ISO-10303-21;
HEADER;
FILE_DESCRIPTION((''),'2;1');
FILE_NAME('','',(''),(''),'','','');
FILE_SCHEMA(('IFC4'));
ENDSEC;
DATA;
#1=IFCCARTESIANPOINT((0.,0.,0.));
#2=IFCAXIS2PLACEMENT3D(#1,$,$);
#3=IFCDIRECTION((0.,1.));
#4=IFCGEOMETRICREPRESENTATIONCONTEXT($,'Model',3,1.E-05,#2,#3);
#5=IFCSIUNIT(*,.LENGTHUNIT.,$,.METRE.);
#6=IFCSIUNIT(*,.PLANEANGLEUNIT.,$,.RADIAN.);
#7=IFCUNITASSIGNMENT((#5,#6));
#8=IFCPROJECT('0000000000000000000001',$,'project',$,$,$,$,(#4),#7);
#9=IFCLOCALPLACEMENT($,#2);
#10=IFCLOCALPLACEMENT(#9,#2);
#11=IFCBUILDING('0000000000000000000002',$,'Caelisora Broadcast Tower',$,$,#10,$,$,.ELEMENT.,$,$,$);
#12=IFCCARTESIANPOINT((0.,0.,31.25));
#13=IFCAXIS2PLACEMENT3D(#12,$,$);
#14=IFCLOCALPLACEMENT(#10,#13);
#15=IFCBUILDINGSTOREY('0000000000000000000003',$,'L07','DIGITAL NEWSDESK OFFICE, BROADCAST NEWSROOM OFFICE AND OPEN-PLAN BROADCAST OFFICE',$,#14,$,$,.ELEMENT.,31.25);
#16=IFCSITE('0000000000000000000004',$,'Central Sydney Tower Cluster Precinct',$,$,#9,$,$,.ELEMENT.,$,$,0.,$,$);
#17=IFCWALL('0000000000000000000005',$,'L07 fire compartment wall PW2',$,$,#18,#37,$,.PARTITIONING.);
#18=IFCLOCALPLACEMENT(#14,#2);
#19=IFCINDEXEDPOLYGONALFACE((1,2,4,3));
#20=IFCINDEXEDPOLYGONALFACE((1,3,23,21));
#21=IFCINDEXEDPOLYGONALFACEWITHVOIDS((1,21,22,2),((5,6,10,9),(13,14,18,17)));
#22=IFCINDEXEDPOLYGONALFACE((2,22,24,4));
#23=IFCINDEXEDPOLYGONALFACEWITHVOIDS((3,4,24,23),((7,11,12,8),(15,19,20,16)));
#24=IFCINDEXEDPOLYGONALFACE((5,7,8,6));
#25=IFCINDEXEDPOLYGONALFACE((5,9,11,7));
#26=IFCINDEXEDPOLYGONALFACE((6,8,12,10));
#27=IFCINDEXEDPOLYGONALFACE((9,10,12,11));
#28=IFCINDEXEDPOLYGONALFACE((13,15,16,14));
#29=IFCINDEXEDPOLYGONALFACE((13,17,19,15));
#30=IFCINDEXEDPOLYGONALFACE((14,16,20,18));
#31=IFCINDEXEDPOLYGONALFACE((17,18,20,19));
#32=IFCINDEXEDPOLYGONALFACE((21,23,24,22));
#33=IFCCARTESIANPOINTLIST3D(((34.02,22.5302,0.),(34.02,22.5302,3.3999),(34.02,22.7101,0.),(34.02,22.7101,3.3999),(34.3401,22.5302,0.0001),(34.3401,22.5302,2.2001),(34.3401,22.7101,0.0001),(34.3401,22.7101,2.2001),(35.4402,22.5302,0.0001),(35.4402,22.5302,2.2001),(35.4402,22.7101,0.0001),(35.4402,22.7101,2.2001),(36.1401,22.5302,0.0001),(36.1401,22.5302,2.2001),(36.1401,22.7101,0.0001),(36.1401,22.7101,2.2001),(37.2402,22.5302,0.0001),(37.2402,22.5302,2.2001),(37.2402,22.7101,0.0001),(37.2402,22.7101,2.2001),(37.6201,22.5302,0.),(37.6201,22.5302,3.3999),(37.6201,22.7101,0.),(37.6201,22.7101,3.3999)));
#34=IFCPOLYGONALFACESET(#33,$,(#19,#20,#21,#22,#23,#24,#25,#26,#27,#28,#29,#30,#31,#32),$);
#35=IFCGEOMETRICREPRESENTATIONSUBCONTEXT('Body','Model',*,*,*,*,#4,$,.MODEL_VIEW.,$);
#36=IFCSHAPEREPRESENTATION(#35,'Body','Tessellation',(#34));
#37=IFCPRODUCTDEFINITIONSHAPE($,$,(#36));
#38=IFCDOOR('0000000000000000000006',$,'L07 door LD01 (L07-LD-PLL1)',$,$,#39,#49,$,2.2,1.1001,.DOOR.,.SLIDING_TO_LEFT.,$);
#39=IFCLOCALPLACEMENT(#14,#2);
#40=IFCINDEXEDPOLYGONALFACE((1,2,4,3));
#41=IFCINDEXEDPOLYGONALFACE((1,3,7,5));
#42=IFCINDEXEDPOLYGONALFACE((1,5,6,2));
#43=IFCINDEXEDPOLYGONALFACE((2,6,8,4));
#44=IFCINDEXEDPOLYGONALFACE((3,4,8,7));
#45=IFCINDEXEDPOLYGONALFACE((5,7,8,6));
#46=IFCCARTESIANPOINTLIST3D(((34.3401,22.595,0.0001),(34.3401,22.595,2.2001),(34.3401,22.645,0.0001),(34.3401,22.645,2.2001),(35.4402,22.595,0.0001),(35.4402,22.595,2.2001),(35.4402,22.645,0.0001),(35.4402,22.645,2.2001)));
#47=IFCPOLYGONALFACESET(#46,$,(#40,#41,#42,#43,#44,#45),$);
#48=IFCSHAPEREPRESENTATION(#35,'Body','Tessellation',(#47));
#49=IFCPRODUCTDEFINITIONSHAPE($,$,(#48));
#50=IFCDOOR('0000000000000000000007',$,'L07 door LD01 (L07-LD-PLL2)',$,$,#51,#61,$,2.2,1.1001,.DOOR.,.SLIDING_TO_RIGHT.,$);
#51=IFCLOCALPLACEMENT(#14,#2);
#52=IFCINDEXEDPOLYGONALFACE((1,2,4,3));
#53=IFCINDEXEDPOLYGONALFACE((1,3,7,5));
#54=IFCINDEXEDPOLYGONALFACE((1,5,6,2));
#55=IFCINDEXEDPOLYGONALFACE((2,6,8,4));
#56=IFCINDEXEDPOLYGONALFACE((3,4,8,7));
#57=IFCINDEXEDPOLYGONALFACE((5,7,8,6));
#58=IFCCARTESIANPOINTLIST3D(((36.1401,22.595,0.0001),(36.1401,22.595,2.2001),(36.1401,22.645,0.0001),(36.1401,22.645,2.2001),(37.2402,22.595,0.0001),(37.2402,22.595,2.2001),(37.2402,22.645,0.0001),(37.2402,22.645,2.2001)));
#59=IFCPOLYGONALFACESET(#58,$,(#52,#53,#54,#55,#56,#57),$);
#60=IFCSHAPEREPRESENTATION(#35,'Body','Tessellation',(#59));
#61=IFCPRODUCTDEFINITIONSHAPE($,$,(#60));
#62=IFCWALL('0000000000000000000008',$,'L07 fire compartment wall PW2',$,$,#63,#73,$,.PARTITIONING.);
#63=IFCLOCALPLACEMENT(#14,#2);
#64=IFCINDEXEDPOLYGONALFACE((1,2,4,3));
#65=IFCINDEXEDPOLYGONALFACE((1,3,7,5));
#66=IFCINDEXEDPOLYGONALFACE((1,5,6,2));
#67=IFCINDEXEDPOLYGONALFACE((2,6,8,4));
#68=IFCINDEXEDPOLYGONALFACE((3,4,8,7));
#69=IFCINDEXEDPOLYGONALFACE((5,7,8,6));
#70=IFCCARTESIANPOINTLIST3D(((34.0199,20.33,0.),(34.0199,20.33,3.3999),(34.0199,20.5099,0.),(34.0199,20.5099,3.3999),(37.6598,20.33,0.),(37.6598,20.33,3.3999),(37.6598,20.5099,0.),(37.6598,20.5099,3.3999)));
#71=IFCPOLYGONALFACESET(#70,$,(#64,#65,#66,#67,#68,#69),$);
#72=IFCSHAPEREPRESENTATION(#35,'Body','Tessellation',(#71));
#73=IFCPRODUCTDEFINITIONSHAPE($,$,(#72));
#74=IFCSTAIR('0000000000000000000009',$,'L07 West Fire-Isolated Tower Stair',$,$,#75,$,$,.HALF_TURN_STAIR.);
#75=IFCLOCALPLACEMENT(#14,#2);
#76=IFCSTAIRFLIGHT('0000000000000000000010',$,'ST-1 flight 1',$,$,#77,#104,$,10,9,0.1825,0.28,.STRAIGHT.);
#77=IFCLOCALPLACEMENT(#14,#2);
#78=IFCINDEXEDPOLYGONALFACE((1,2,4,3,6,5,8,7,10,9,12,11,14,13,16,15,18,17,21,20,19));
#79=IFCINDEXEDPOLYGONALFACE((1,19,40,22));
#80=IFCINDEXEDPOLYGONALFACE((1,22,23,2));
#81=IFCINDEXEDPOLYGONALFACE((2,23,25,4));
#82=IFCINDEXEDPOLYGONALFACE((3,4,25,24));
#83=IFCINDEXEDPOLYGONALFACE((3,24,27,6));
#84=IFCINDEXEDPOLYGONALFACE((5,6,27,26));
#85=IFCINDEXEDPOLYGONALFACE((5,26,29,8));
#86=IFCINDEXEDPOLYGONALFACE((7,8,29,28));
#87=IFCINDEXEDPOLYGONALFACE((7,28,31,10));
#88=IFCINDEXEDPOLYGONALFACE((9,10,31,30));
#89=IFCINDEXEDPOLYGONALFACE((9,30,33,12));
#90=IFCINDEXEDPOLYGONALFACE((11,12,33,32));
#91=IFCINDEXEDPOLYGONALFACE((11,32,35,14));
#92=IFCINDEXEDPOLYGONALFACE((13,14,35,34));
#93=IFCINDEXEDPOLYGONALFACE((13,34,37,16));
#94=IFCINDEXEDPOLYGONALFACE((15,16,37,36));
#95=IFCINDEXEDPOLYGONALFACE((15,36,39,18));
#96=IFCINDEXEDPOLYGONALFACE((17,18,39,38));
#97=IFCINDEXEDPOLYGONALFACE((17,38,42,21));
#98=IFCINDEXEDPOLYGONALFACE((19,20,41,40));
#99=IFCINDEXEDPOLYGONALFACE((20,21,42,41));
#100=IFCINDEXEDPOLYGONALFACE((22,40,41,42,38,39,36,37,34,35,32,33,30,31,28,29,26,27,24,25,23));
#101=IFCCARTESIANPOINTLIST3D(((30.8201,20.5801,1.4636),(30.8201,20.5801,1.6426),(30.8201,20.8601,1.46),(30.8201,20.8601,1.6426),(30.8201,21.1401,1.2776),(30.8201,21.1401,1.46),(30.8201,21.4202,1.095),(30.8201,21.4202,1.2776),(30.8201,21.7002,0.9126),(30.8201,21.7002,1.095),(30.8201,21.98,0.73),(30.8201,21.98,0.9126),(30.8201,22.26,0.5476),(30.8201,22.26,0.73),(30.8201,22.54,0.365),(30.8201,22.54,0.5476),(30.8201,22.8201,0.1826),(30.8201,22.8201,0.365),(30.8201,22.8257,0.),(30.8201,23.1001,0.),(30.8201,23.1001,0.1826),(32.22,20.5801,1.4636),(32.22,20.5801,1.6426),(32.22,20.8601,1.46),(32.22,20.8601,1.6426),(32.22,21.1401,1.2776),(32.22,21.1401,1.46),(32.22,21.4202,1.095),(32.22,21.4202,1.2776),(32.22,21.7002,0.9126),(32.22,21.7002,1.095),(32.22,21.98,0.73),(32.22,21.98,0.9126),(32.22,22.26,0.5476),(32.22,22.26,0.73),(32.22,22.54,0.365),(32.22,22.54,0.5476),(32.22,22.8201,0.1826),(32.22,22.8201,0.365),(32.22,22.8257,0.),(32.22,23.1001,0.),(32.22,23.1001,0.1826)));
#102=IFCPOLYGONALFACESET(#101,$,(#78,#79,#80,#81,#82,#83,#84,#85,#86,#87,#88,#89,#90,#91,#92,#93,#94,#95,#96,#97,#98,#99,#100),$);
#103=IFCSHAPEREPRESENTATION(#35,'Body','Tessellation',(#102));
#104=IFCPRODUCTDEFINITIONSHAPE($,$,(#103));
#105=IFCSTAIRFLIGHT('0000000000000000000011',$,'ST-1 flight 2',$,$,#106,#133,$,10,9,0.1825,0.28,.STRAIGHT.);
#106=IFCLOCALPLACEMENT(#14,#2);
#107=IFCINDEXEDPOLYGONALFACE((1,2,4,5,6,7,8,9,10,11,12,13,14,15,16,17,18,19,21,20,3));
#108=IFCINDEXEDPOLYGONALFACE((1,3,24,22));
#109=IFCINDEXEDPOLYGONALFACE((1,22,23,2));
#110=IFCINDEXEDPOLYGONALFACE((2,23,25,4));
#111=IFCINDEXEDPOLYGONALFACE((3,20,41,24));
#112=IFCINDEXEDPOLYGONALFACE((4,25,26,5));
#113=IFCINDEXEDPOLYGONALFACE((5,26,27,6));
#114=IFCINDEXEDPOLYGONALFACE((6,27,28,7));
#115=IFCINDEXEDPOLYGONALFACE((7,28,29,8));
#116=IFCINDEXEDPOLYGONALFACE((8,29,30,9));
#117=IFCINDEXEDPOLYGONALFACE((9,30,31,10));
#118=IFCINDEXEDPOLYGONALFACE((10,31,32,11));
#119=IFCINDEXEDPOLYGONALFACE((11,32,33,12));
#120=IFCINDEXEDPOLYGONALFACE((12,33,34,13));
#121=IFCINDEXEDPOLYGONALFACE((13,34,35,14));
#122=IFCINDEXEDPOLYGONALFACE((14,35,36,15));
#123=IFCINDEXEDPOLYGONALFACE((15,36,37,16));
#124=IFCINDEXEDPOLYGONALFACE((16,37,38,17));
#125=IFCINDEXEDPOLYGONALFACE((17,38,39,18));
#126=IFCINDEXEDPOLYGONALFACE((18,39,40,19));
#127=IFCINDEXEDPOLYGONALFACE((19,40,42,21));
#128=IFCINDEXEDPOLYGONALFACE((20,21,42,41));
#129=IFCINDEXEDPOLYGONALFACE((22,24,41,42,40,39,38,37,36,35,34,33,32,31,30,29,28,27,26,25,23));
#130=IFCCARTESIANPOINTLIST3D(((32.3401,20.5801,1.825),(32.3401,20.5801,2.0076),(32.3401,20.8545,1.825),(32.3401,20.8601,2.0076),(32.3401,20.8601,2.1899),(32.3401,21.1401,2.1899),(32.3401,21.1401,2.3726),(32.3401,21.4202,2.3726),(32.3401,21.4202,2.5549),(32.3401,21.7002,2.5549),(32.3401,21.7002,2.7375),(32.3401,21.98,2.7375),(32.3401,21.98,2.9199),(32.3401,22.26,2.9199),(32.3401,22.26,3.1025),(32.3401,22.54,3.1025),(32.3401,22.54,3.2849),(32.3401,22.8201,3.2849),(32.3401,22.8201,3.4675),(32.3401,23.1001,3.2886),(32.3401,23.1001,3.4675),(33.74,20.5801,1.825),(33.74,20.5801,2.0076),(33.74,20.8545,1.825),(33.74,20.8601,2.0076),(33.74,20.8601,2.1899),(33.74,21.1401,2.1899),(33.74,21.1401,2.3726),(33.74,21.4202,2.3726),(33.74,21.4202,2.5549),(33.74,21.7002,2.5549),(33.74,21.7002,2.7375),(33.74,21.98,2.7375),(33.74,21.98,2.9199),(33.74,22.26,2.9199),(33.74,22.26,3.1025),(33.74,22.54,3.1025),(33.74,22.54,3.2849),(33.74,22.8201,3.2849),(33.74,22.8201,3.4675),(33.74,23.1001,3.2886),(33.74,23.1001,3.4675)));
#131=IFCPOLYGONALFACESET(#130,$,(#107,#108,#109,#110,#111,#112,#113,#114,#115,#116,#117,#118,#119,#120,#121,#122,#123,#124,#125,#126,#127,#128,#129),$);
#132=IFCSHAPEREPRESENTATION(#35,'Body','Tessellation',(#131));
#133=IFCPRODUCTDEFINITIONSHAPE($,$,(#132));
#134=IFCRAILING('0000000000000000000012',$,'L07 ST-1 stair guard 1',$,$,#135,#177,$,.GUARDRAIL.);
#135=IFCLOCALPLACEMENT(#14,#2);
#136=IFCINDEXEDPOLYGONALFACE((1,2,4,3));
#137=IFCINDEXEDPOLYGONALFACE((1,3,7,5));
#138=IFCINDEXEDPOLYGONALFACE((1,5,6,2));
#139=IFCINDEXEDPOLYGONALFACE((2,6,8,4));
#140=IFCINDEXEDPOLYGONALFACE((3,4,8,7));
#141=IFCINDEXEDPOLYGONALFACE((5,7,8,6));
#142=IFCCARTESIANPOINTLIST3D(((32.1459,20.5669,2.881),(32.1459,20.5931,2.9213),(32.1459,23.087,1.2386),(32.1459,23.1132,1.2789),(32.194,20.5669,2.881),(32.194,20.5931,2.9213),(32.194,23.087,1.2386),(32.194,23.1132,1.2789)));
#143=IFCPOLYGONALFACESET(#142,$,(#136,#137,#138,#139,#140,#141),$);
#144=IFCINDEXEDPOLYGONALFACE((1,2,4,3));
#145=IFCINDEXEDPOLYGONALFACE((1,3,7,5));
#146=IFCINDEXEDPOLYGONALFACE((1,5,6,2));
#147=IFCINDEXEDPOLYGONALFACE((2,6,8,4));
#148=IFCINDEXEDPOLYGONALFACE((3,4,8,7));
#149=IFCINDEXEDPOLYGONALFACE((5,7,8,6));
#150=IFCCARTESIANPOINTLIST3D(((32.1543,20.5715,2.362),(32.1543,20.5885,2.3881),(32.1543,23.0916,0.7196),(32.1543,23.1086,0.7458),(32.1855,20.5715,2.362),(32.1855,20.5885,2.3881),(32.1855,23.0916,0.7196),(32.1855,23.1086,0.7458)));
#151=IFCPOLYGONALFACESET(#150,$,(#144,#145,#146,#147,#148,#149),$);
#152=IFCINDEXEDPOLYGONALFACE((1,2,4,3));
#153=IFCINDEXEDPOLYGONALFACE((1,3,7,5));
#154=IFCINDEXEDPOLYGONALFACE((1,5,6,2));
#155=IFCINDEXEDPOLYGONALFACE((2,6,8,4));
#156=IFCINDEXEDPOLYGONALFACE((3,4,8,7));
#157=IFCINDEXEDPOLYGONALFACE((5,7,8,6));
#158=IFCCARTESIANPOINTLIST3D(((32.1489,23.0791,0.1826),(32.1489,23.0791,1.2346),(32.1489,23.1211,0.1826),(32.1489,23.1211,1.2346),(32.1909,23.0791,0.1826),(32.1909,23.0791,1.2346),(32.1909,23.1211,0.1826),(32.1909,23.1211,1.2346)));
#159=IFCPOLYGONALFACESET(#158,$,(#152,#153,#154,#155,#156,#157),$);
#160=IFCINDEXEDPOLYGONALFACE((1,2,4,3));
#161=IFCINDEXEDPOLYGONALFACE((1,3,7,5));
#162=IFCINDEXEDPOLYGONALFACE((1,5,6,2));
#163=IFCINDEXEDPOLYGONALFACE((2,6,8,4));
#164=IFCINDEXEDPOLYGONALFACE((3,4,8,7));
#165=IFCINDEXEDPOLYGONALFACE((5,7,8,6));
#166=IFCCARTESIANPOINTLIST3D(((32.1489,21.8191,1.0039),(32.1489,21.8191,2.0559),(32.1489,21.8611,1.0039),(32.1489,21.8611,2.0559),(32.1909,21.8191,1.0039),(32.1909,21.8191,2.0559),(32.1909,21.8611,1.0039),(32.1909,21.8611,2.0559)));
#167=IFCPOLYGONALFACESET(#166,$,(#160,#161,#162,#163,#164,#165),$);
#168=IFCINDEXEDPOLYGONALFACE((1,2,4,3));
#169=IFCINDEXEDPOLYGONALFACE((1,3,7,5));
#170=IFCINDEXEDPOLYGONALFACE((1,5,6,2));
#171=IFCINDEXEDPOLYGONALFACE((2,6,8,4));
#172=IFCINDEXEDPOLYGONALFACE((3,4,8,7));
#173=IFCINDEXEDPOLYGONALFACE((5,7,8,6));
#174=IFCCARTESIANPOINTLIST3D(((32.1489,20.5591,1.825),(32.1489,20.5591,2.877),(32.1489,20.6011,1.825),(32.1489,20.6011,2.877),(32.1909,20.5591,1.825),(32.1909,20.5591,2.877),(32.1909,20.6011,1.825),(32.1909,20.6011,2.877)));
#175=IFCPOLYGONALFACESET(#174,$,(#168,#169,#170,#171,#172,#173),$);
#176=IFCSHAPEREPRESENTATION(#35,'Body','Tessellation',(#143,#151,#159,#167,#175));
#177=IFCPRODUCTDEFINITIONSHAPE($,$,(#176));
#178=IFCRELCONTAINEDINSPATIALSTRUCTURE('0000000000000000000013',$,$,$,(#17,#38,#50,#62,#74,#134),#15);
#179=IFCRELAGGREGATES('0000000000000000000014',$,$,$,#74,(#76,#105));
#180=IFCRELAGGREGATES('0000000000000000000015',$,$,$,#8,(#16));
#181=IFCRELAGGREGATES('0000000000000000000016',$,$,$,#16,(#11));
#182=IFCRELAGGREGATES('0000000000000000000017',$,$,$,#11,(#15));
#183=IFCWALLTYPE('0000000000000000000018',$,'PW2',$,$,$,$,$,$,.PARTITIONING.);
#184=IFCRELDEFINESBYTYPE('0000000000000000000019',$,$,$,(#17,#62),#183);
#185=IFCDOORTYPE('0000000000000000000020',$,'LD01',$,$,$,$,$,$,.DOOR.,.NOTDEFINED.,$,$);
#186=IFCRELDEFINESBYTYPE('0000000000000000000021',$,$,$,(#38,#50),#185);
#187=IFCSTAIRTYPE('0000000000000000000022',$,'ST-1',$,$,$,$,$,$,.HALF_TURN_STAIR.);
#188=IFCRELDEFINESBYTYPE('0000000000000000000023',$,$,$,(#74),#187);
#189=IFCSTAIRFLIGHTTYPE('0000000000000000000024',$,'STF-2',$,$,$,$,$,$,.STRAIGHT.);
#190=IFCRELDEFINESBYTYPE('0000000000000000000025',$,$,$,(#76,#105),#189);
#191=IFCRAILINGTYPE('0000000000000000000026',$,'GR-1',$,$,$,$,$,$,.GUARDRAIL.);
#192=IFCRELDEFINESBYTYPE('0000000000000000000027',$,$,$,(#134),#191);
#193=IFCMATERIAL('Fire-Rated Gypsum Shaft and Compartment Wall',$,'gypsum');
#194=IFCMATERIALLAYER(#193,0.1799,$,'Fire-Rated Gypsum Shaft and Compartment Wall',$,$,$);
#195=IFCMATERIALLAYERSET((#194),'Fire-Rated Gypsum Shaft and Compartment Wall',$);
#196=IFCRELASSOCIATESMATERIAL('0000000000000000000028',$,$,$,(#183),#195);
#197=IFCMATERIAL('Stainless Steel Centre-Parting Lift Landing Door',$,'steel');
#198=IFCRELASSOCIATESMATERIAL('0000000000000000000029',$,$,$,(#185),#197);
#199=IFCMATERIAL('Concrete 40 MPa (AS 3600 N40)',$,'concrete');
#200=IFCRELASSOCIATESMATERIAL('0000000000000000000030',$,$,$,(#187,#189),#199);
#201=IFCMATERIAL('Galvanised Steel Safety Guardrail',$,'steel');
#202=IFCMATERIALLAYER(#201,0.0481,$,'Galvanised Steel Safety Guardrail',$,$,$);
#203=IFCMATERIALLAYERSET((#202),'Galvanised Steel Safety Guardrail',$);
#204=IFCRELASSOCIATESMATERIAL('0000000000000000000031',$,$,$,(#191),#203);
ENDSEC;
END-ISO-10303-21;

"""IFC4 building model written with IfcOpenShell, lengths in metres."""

from ifc_helpers import new_model, si_unit, direction, frame, frame_2d, origin, origin_2d, place, context, subcontext, project, spatial, polyline, rectangle, outline, extrude, material, layer, layer_set, type_object, element, fill, aggregate, save


model = new_model("IFC4")

# Units and contexts
model_context = context("Model", 3, precision=1e-05, world=origin(), true_north=direction((0.0, 1.0)))
body_context = subcontext(model_context, "Body", "Model", "MODEL_VIEW")
ifc_project = project(units=[si_unit("LENGTHUNIT", "METRE"), si_unit("PLANEANGLEUNIT", "RADIAN")], contexts=[model_context])

# Site, building, storey
site_placement = place(None, origin())
site = spatial("IfcSite", under=ifc_project, at=site_placement, Name="Central Sydney Tower Cluster Precinct", CompositionType="ELEMENT", RefElevation=0.0)
building_placement = place(site_placement, origin())
building = spatial("IfcBuilding", under=site, at=building_placement, Name="Caelisora Broadcast Tower", CompositionType="ELEMENT")
storey_placement = place(building_placement, frame((0.0, 0.0, 31.25)))
storey = spatial("IfcBuildingStorey", under=building, at=storey_placement, Name="L07", Description="DIGITAL NEWSDESK OFFICE, BROADCAST NEWSROOM OFFICE AND OPEN-PLAN BROADCAST OFFICE", CompositionType="ELEMENT", Elevation=31.25)

# Wall, openings, doors
ifc_material_1 = material(Name="Fire-Rated Gypsum Shaft and Compartment Wall", Category="gypsum")
ifc_layer_1 = layer(ifc_material_1, 0.1799, Name="Fire-Rated Gypsum Shaft and Compartment Wall")
ifc_layer_set_1 = layer_set([ifc_layer_1], Name="Fire-Rated Gypsum Shaft and Compartment Wall")
wall_type_1 = type_object("IfcWallType", Name="PW2", PredefinedType="PARTITIONING", material=ifc_layer_set_1)
wall_1_placement = place(storey_placement, frame((34.02, 22.6201, 0.0), z_axis=(0.0, 0.0, 1.0), x_axis=(1.0, 0.0, 0.0)))
wall_1 = element("IfcWall", 1, at=wall_1_placement, inside=storey, type_object=wall_type_1, Name="L07 fire compartment wall PW2", PredefinedType="PARTITIONING", context=body_context, shape_type="SweptSolid", body=[
    extrude(rectangle(XDim=3.6001, YDim=0.1799, at=frame_2d((1.8, 0.0))), origin(), (0.0, 0.0, 1.0), 3.3999),
])
opening_1_placement = place(wall_1_placement, frame((0.3201, 0.0, 0.0)))
opening_1 = element("IfcOpeningElement", 2, at=opening_1_placement, cuts=wall_1, PredefinedType="OPENING", context=body_context, shape_type="SweptSolid", body=[
    extrude(rectangle(XDim=1.1001, YDim=2.2, at=frame_2d((0.55, 1.1001))), frame((0.0, 0.1021, 0.0), z_axis=(0.0, -1.0, 0.0), x_axis=(1.0, 0.0, 0.0)), (0.0, 0.0, 1.0), 0.2039),
])
opening_2_placement = place(wall_1_placement, frame((2.1201, 0.0, 0.0)))
opening_2 = element("IfcOpeningElement", 3, at=opening_2_placement, cuts=wall_1, PredefinedType="OPENING", context=body_context, shape_type="SweptSolid", body=[
    extrude(rectangle(XDim=1.1001, YDim=2.2, at=frame_2d((0.55, 1.1001))), frame((0.0, 0.1021, 0.0), z_axis=(0.0, -1.0, 0.0), x_axis=(1.0, 0.0, 0.0)), (0.0, 0.0, 1.0), 0.2039),
])
ifc_material_2 = material(Name="Stainless Steel Centre-Parting Lift Landing Door", Category="steel")
door_type_1 = type_object("IfcDoorType", Name="LD01", OperationType="NOTDEFINED", PredefinedType="DOOR", material=ifc_material_2)
door_1_placement = place(opening_1_placement, origin())
door_1 = element("IfcDoor", 4, at=door_1_placement, inside=storey, type_object=door_type_1, Name="L07 door LD01 (L07-LD-PLL1)", OperationType="SLIDING_TO_LEFT", OverallHeight=2.2, OverallWidth=1.1001, PredefinedType="DOOR", context=body_context, shape_type="SweptSolid", body=[
    extrude(rectangle(XDim=1.1001, YDim=2.2, at=frame_2d((0.55, 1.1001))), frame((0.0, 0.0249, 0.0), z_axis=(0.0, -1.0, 0.0), x_axis=(1.0, 0.0, 0.0)), (0.0, 0.0, 1.0), 0.05),
])
fill(opening_1, door_1)
door_2_placement = place(opening_2_placement, origin())
door_2 = element("IfcDoor", 5, at=door_2_placement, inside=storey, type_object=door_type_1, Name="L07 door LD01 (L07-LD-PLL2)", OperationType="SLIDING_TO_RIGHT", OverallHeight=2.2, OverallWidth=1.1001, PredefinedType="DOOR", context=body_context, shape_type="SweptSolid", body=[
    extrude(rectangle(XDim=1.1001, YDim=2.2, at=frame_2d((0.55, 1.1001))), frame((0.0, 0.0249, 0.0), z_axis=(0.0, -1.0, 0.0), x_axis=(1.0, 0.0, 0.0)), (0.0, 0.0, 1.0), 0.05),
])
fill(opening_2, door_2)

# Wall
wall_2_placement = place(storey_placement, frame((34.02, 20.4199, 0.0), z_axis=(0.0, 0.0, 1.0), x_axis=(1.0, 0.0, 0.0)))
element("IfcWall", 6, at=wall_2_placement, inside=storey, type_object=wall_type_1, Name="L07 fire compartment wall PW2", PredefinedType="PARTITIONING", context=body_context, shape_type="SweptSolid", body=[
    extrude(rectangle(XDim=3.6399, YDim=0.1799, at=frame_2d((1.8198, 0.0))), origin(), (0.0, 0.0, 1.0), 3.3999),
])

# Stair, stair flights
ifc_material_3 = material(Name="Concrete 40 MPa (AS 3600 N40)", Category="concrete")
stair_type = type_object("IfcStairType", Name="ST-1", PredefinedType="HALF_TURN_STAIR", material=ifc_material_3)
stair_placement = place(storey_placement, origin())
stair = element("IfcStair", 7, at=stair_placement, inside=storey, type_object=stair_type, Name="L07 West Fire-Isolated Tower Stair", PredefinedType="HALF_TURN_STAIR")
stair_flight_type = type_object("IfcStairFlightType", Name="STF-2", PredefinedType="STRAIGHT", material=ifc_material_3)
stair_flight_1_placement = place(storey_placement, frame((31.52, 23.1001, 0.0), z_axis=(0.0, 0.0, 1.0), x_axis=(0.0, -1.0, 0.0)))
stair_flight_1 = element("IfcStairFlight", 8, at=stair_flight_1_placement, type_object=stair_flight_type, Name="ST-1 flight 1", NumberOfRisers=10, NumberOfTreads=9, PredefinedType="STRAIGHT", RiserHeight=0.1825, TreadLength=0.28, context=body_context, shape_type="SweptSolid", body=[
    extrude(outline(polyline([(0.0, 0.0), (0.0, 0.1826), (0.28, 0.1826), (0.28, 0.365), (0.5601, 0.365), (0.5601, 0.5476), (0.8401, 0.5476), (0.8401, 0.73), (1.1201, 0.73), (1.1201, 0.9126), (1.3999, 0.9126), (1.3999, 1.095), (1.6799, 1.095), (1.6799, 1.2776), (1.96, 1.2776), (1.96, 1.46), (2.24, 1.46), (2.24, 1.6426), (2.52, 1.6426), (2.52, 1.825), (2.52, 1.4636), (0.2744, 0.0), (0.0, 0.0)])), frame((0.0, 0.7, 0.0), z_axis=(0.0, -1.0, 0.0), x_axis=(1.0, 0.0, 0.0)), (0.0, 0.0, 1.0), 1.3999),
])
stair_flight_2_placement = place(storey_placement, frame((33.04, 20.5801, 1.825), z_axis=(0.0, 0.0, 1.0), x_axis=(0.0, 1.0, 0.0)))
stair_flight_2 = element("IfcStairFlight", 9, at=stair_flight_2_placement, type_object=stair_flight_type, Name="ST-1 flight 2", NumberOfRisers=10, NumberOfTreads=9, PredefinedType="STRAIGHT", RiserHeight=0.1825, TreadLength=0.28, context=body_context, shape_type="SweptSolid", body=[
    extrude(outline(polyline([(0.0, 0.0), (0.0, 0.1826), (0.28, 0.1826), (0.28, 0.365), (0.5601, 0.365), (0.5601, 0.5476), (0.8401, 0.5476), (0.8401, 0.73), (1.1201, 0.73), (1.1201, 0.9126), (1.3999, 0.9126), (1.3999, 1.095), (1.6799, 1.095), (1.6799, 1.2776), (1.96, 1.2776), (1.96, 1.46), (2.24, 1.46), (2.24, 1.6426), (2.52, 1.6426), (2.52, 1.825), (2.52, 1.4636), (0.2744, 0.0), (0.0, 0.0)])), frame((0.0, 0.7, 0.0), z_axis=(0.0, -1.0, 0.0), x_axis=(1.0, 0.0, 0.0)), (0.0, 0.0, 1.0), 1.3999),
])
aggregate(stair, [stair_flight_1, stair_flight_2])

# Railing
ifc_material_4 = material(Name="Galvanised Steel Safety Guardrail", Category="steel")
ifc_layer_2 = layer(ifc_material_4, 0.0481, Name="Galvanised Steel Safety Guardrail")
ifc_layer_set_2 = layer_set([ifc_layer_2], Name="Galvanised Steel Safety Guardrail")
railing_type_1 = type_object("IfcRailingType", Name="GR-1", PredefinedType="GUARDRAIL", material=ifc_layer_set_2)
railing_1_placement = place(storey_placement, frame((32.1699, 23.1001, 0.1826)))
element("IfcRailing", 10, at=railing_1_placement, inside=storey, type_object=railing_type_1, Name="L07 ST-1 stair guard 1", PredefinedType="GUARDRAIL", context=body_context, shape_type="SweptSolid", body=[
    extrude(rectangle(XDim=0.0481, YDim=0.0481, at=origin_2d()), frame((0.0, 0.0, 1.0762), z_axis=(0.0, -0.837787, 0.545998), x_axis=(1.0, 0.0, 0.0)), (0.0, 0.0, 1.0), 3.0081),
    extrude(rectangle(XDim=0.0312, YDim=0.0312, at=origin_2d()), frame((0.0, 0.0, 0.55), z_axis=(0.0, -0.837787, 0.545998), x_axis=(1.0, 0.0, 0.0)), (0.0, 0.0, 1.0), 3.0081),
    extrude(rectangle(XDim=0.042, YDim=0.042, at=origin_2d()), origin(), (0.0, 0.0, 1.0), 1.052),
    extrude(rectangle(XDim=0.042, YDim=0.042, at=origin_2d()), frame((0.0, -1.26, 0.8213)), (0.0, 0.0, 1.0), 1.052),
    extrude(rectangle(XDim=0.042, YDim=0.042, at=origin_2d()), frame((0.0, -2.52, 1.6423)), (0.0, 0.0, 1.0), 1.052),
])

save(model, "model.ifc")
